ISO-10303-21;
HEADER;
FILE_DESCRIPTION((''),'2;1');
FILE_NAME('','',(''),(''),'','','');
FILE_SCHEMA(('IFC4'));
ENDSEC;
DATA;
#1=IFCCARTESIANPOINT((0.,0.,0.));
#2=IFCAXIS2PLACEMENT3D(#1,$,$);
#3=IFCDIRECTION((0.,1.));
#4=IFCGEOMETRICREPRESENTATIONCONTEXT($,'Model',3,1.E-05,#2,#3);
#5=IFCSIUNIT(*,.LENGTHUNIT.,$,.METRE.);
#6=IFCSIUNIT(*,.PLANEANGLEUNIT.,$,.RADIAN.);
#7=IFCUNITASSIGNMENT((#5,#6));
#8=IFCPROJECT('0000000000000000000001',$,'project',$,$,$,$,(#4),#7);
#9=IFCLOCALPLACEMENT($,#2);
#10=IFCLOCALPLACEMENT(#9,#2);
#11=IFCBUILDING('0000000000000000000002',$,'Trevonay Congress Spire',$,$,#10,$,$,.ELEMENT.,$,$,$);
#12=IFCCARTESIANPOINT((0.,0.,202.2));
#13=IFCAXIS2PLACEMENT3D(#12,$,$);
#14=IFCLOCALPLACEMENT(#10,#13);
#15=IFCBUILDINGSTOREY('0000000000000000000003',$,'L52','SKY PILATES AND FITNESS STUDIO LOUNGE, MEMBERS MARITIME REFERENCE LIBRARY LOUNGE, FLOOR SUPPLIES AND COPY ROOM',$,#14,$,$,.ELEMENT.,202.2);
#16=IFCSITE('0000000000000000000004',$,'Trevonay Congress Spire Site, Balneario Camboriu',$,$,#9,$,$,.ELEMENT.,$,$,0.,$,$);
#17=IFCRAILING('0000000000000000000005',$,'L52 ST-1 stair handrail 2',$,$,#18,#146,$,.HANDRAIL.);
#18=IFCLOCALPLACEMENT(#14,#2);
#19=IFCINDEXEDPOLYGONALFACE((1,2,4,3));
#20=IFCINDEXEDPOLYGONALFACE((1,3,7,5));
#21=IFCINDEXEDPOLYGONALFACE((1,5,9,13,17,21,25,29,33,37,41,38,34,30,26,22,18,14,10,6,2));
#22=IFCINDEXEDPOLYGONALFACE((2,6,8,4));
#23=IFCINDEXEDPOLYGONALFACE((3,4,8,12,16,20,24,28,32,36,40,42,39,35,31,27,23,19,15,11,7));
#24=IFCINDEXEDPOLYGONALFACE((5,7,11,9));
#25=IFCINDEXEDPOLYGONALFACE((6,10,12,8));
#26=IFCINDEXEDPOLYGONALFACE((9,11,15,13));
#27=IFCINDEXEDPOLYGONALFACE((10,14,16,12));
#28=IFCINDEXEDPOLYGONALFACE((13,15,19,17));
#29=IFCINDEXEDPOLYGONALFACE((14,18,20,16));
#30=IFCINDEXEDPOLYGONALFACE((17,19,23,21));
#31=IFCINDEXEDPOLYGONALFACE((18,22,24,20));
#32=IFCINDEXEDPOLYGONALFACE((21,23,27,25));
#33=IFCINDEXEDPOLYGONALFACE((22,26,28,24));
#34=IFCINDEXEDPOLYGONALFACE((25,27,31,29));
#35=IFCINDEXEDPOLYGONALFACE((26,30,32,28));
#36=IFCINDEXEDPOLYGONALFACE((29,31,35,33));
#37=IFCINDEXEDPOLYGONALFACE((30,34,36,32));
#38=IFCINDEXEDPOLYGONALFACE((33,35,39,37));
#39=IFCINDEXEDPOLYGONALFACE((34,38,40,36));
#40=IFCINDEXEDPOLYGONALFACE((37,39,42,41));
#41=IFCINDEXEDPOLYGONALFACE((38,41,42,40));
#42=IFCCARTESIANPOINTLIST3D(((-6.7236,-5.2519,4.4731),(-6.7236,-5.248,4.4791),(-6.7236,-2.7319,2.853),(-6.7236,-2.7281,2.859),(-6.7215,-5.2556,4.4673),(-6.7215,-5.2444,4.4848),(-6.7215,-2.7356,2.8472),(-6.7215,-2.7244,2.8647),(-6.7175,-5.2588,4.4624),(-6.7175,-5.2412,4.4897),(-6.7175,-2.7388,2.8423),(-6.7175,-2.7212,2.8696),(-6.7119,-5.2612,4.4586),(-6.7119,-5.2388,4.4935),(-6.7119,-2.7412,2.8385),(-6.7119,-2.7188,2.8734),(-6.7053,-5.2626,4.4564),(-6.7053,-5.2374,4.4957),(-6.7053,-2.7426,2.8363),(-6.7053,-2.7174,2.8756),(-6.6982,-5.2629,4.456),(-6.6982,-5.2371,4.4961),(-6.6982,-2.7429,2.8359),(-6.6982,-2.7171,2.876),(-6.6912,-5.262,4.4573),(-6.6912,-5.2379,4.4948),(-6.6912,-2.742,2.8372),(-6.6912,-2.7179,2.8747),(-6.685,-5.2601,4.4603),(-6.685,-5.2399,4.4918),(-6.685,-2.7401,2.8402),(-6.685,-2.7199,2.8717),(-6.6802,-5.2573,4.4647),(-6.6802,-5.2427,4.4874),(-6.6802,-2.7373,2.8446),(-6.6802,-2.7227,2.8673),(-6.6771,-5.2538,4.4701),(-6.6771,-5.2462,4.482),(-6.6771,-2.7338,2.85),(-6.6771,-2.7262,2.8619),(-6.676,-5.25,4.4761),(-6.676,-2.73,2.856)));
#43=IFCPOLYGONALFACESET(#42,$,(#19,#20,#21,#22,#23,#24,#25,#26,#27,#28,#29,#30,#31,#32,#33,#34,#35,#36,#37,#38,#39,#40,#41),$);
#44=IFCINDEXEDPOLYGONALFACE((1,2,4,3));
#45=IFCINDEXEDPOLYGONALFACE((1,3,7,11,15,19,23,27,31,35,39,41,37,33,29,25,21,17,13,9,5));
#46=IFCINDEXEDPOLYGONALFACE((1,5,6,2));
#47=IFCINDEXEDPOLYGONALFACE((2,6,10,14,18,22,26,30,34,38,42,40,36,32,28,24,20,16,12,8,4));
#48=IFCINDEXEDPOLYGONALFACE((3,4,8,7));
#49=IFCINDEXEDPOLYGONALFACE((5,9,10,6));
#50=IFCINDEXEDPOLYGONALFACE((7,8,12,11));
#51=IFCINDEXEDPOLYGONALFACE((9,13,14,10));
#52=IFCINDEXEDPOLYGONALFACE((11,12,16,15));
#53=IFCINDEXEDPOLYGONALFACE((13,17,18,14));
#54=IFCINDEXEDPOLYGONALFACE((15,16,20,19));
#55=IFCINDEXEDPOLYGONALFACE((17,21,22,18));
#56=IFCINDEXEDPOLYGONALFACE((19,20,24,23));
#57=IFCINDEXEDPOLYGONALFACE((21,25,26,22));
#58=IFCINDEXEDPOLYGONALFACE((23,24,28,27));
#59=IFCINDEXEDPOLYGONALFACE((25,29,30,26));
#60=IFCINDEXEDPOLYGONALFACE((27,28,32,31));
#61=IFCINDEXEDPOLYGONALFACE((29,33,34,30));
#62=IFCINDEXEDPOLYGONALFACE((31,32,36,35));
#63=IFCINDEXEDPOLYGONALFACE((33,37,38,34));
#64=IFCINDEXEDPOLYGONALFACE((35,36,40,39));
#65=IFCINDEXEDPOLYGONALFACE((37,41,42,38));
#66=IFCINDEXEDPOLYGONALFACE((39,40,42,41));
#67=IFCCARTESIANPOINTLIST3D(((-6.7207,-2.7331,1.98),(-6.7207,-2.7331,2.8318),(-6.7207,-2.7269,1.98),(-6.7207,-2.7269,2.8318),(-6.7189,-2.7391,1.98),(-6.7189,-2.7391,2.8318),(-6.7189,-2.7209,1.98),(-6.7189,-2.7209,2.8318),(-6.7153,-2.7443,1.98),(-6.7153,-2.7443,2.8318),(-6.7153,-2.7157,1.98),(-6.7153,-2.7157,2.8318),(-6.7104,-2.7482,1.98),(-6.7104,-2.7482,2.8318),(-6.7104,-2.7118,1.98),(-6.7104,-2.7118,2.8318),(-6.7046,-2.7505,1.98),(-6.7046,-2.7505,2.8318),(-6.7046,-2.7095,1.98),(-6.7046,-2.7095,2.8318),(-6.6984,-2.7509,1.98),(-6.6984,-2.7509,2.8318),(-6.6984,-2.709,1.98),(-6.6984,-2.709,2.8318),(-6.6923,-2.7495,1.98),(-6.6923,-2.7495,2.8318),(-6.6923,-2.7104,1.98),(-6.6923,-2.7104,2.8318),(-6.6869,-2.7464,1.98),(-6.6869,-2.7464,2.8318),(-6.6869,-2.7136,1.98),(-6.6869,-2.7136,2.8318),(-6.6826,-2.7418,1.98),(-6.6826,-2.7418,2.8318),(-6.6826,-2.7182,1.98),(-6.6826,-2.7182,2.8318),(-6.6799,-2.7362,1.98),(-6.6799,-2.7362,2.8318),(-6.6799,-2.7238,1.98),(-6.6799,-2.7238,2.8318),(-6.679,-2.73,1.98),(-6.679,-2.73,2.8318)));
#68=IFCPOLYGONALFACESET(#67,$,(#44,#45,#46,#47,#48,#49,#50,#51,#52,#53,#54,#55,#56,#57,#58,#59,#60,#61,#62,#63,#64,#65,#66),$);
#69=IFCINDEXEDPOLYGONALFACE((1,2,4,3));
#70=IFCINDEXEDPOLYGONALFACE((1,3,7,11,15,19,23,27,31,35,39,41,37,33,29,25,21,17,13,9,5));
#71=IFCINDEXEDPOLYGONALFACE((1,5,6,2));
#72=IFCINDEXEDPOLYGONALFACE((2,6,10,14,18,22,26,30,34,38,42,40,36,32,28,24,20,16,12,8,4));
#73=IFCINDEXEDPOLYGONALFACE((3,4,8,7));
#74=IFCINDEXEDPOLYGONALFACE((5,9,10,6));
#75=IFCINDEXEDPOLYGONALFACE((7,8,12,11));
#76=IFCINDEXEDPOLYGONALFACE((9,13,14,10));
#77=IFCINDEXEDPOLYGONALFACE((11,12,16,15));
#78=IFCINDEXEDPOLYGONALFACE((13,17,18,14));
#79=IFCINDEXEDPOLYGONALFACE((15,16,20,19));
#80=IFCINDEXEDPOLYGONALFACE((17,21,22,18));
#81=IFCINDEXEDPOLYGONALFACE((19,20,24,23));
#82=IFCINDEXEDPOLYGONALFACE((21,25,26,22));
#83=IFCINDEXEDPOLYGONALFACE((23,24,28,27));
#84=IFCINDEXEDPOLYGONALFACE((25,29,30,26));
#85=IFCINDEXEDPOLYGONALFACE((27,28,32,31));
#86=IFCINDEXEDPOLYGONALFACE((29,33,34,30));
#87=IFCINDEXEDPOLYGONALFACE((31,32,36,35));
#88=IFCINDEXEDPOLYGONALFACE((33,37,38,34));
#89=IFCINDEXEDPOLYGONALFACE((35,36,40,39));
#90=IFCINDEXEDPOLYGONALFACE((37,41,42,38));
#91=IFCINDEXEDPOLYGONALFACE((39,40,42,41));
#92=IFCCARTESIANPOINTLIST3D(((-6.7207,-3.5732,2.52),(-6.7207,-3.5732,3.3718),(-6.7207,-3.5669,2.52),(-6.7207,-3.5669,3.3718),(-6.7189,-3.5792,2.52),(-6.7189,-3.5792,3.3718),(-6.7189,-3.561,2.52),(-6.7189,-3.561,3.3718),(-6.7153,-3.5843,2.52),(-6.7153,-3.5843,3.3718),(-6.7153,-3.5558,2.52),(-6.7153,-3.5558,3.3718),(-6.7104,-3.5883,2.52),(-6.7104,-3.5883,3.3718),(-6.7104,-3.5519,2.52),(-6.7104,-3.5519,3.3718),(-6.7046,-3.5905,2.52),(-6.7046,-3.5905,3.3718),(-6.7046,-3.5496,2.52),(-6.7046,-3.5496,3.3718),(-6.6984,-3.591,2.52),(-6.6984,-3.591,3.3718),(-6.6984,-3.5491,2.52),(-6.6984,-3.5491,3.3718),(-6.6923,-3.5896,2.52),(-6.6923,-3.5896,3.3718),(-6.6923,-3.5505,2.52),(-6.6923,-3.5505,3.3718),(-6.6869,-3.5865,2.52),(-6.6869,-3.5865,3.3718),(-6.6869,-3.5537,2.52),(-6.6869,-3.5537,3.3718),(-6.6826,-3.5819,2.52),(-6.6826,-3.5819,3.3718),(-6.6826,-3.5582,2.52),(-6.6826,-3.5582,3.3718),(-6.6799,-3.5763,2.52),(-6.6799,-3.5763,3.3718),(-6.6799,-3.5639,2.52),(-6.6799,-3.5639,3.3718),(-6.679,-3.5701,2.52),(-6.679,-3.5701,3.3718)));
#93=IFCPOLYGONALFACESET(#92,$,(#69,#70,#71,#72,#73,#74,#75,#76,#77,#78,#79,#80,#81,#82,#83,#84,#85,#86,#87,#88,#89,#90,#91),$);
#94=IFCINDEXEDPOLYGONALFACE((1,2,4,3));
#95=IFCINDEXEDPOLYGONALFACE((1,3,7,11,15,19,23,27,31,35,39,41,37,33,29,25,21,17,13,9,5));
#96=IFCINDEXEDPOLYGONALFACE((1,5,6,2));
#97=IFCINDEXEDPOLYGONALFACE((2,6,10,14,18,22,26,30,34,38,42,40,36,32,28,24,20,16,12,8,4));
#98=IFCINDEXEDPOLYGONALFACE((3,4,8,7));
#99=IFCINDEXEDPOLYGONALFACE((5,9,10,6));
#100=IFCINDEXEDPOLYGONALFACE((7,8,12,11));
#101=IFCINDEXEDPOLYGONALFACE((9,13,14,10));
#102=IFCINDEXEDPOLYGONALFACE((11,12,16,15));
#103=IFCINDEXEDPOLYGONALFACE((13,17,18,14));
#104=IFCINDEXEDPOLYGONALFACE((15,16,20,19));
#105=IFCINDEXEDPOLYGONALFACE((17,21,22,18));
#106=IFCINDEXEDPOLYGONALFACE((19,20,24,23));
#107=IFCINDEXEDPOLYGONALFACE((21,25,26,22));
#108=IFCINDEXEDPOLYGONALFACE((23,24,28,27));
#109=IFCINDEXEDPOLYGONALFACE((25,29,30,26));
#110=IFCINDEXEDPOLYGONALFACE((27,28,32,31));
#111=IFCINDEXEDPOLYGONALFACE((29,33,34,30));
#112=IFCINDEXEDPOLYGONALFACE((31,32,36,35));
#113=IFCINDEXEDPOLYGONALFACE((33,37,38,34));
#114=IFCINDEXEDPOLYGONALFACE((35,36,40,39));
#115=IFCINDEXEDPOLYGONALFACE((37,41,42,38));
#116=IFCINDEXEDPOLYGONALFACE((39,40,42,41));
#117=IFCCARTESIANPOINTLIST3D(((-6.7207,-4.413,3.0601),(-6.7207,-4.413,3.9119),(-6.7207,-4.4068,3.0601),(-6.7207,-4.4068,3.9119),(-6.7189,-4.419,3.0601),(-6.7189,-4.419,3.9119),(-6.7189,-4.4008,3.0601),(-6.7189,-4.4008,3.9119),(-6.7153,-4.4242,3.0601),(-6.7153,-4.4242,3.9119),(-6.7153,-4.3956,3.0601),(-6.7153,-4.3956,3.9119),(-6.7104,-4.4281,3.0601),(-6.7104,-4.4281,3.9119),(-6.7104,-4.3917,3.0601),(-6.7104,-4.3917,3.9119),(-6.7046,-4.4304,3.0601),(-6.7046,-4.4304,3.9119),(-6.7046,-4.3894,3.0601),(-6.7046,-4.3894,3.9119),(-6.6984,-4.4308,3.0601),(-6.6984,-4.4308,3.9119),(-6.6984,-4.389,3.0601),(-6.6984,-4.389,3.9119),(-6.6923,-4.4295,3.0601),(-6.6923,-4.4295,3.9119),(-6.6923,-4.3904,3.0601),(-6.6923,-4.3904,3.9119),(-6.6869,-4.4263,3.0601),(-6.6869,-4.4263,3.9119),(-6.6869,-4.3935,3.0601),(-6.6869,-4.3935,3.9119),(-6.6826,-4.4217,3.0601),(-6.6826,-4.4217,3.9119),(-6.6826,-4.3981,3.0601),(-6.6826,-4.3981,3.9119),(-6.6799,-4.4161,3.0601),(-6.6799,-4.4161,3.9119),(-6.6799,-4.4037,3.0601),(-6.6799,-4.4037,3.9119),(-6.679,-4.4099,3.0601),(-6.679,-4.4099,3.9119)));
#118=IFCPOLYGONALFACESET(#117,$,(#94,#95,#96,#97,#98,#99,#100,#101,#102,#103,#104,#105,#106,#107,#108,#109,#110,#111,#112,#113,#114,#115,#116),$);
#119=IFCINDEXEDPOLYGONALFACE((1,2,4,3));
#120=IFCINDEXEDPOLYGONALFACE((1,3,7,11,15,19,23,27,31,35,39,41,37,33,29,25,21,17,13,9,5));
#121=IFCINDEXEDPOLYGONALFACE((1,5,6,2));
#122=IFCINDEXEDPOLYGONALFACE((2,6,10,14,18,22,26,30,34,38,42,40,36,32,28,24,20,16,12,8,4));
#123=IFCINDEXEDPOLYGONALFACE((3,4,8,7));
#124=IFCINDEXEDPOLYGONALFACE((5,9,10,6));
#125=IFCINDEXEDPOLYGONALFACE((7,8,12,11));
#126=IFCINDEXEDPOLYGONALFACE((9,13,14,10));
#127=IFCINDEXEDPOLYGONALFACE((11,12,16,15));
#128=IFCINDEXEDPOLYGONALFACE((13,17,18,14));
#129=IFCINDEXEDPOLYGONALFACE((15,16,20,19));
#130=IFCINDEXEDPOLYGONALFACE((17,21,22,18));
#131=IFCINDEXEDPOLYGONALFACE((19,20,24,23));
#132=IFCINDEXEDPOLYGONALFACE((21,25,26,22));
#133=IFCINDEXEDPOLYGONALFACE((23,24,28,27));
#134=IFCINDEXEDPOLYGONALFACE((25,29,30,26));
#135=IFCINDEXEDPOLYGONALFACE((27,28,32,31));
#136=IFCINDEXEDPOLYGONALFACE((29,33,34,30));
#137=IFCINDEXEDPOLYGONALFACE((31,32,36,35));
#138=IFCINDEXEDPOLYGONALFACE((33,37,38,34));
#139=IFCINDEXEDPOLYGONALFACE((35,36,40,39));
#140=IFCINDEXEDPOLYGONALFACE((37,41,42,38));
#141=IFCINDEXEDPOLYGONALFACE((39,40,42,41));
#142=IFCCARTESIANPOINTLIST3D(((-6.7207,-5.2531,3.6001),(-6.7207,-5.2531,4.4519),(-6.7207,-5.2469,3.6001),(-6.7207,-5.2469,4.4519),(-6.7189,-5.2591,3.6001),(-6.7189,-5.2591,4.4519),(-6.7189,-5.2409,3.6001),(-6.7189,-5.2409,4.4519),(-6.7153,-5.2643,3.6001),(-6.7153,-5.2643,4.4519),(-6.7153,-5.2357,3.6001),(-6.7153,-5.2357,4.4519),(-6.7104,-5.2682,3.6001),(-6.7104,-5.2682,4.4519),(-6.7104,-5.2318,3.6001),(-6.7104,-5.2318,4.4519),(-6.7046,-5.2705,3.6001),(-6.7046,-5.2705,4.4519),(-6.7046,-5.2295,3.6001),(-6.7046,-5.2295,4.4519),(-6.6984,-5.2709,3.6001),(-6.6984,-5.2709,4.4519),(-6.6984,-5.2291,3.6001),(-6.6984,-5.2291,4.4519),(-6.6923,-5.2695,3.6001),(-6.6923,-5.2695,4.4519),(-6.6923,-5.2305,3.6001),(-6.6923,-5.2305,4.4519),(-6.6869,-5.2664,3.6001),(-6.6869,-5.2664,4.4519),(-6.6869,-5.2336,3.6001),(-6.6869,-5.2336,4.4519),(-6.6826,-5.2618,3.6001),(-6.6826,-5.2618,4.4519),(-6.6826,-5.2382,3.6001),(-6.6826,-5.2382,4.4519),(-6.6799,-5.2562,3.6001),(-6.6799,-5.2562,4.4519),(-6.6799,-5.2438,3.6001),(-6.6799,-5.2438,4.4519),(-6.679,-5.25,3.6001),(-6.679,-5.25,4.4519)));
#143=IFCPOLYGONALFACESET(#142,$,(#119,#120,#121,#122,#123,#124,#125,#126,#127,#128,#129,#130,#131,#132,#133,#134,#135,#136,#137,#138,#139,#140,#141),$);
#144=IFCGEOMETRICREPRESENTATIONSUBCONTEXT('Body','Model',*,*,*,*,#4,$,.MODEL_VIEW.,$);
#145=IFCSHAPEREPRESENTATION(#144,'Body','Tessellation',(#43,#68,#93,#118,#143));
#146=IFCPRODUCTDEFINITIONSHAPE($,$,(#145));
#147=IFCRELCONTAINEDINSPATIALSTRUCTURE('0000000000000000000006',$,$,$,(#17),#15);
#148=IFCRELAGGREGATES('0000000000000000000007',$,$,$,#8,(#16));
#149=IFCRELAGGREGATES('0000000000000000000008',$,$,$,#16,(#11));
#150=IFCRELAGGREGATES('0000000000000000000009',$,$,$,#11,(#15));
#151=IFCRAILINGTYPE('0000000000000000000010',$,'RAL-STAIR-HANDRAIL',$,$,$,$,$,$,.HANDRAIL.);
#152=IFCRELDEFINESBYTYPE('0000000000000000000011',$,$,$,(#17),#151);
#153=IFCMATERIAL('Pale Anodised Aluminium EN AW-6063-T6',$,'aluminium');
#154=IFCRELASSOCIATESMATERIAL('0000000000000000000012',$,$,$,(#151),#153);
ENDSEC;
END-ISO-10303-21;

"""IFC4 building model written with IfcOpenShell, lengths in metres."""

from ifc_helpers import new_model, si_unit, direction, frame, origin, origin_2d, place, context, subcontext, project, spatial, circle, extrude, material, type_object, element, save


model = new_model("IFC4")

# Units and contexts
model_context = context("Model", 3, precision=1e-05, world=origin(), true_north=direction((0.0, 1.0)))
body_context = subcontext(model_context, "Body", "Model", "MODEL_VIEW")
ifc_project = project(units=[si_unit("LENGTHUNIT", "METRE"), si_unit("PLANEANGLEUNIT", "RADIAN")], contexts=[model_context])

# Site, building, storey
site_placement = place(None, origin())
site = spatial("IfcSite", under=ifc_project, at=site_placement, Name="Trevonay Congress Spire Site, Balneario Camboriu", CompositionType="ELEMENT", RefElevation=0.0)
building_placement = place(site_placement, origin())
building = spatial("IfcBuilding", under=site, at=building_placement, Name="Trevonay Congress Spire", CompositionType="ELEMENT")
storey_placement = place(building_placement, frame((0.0, 0.0, 202.2)))
storey = spatial("IfcBuildingStorey", under=building, at=storey_placement, Name="L52", Description="SKY PILATES AND FITNESS STUDIO LOUNGE, MEMBERS MARITIME REFERENCE LIBRARY LOUNGE, FLOOR SUPPLIES AND COPY ROOM", CompositionType="ELEMENT", Elevation=202.2)

# Railing
ifc_material_1 = material(Name="Pale Anodised Aluminium EN AW-6063-T6", Category="aluminium")
railing_type_1 = type_object("IfcRailingType", Name="RAL-STAIR-HANDRAIL", PredefinedType="HANDRAIL", material=ifc_material_1)
railing_1_placement = place(storey_placement, frame((-6.7, -2.73, 1.98)))
element("IfcRailing", 1, at=railing_1_placement, inside=storey, type_object=railing_type_1, Name="L52 ST-1 stair handrail 2", PredefinedType="HANDRAIL", context=body_context, shape_type="SweptSolid", body=[
    extrude(circle(Radius=0.0239, at=origin_2d()), frame((0.0, 0.0, 0.876), z_axis=(0.0, -0.841163, 0.540782), x_axis=(1.0, 0.0, 0.0)), (0.0, 0.0, 1.0), 2.9958),
    extrude(circle(Radius=0.021, at=origin_2d()), origin(), (0.0, 0.0, 1.0), 0.8518),
    extrude(circle(Radius=0.021, at=origin_2d()), frame((0.0, -0.8401, 0.54)), (0.0, 0.0, 1.0), 0.8518),
    extrude(circle(Radius=0.021, at=origin_2d()), frame((0.0, -1.6799, 1.0801)), (0.0, 0.0, 1.0), 0.8518),
    extrude(circle(Radius=0.021, at=origin_2d()), frame((0.0, -2.52, 1.6201)), (0.0, 0.0, 1.0), 0.8518),
])

save(model, "model.ifc")
